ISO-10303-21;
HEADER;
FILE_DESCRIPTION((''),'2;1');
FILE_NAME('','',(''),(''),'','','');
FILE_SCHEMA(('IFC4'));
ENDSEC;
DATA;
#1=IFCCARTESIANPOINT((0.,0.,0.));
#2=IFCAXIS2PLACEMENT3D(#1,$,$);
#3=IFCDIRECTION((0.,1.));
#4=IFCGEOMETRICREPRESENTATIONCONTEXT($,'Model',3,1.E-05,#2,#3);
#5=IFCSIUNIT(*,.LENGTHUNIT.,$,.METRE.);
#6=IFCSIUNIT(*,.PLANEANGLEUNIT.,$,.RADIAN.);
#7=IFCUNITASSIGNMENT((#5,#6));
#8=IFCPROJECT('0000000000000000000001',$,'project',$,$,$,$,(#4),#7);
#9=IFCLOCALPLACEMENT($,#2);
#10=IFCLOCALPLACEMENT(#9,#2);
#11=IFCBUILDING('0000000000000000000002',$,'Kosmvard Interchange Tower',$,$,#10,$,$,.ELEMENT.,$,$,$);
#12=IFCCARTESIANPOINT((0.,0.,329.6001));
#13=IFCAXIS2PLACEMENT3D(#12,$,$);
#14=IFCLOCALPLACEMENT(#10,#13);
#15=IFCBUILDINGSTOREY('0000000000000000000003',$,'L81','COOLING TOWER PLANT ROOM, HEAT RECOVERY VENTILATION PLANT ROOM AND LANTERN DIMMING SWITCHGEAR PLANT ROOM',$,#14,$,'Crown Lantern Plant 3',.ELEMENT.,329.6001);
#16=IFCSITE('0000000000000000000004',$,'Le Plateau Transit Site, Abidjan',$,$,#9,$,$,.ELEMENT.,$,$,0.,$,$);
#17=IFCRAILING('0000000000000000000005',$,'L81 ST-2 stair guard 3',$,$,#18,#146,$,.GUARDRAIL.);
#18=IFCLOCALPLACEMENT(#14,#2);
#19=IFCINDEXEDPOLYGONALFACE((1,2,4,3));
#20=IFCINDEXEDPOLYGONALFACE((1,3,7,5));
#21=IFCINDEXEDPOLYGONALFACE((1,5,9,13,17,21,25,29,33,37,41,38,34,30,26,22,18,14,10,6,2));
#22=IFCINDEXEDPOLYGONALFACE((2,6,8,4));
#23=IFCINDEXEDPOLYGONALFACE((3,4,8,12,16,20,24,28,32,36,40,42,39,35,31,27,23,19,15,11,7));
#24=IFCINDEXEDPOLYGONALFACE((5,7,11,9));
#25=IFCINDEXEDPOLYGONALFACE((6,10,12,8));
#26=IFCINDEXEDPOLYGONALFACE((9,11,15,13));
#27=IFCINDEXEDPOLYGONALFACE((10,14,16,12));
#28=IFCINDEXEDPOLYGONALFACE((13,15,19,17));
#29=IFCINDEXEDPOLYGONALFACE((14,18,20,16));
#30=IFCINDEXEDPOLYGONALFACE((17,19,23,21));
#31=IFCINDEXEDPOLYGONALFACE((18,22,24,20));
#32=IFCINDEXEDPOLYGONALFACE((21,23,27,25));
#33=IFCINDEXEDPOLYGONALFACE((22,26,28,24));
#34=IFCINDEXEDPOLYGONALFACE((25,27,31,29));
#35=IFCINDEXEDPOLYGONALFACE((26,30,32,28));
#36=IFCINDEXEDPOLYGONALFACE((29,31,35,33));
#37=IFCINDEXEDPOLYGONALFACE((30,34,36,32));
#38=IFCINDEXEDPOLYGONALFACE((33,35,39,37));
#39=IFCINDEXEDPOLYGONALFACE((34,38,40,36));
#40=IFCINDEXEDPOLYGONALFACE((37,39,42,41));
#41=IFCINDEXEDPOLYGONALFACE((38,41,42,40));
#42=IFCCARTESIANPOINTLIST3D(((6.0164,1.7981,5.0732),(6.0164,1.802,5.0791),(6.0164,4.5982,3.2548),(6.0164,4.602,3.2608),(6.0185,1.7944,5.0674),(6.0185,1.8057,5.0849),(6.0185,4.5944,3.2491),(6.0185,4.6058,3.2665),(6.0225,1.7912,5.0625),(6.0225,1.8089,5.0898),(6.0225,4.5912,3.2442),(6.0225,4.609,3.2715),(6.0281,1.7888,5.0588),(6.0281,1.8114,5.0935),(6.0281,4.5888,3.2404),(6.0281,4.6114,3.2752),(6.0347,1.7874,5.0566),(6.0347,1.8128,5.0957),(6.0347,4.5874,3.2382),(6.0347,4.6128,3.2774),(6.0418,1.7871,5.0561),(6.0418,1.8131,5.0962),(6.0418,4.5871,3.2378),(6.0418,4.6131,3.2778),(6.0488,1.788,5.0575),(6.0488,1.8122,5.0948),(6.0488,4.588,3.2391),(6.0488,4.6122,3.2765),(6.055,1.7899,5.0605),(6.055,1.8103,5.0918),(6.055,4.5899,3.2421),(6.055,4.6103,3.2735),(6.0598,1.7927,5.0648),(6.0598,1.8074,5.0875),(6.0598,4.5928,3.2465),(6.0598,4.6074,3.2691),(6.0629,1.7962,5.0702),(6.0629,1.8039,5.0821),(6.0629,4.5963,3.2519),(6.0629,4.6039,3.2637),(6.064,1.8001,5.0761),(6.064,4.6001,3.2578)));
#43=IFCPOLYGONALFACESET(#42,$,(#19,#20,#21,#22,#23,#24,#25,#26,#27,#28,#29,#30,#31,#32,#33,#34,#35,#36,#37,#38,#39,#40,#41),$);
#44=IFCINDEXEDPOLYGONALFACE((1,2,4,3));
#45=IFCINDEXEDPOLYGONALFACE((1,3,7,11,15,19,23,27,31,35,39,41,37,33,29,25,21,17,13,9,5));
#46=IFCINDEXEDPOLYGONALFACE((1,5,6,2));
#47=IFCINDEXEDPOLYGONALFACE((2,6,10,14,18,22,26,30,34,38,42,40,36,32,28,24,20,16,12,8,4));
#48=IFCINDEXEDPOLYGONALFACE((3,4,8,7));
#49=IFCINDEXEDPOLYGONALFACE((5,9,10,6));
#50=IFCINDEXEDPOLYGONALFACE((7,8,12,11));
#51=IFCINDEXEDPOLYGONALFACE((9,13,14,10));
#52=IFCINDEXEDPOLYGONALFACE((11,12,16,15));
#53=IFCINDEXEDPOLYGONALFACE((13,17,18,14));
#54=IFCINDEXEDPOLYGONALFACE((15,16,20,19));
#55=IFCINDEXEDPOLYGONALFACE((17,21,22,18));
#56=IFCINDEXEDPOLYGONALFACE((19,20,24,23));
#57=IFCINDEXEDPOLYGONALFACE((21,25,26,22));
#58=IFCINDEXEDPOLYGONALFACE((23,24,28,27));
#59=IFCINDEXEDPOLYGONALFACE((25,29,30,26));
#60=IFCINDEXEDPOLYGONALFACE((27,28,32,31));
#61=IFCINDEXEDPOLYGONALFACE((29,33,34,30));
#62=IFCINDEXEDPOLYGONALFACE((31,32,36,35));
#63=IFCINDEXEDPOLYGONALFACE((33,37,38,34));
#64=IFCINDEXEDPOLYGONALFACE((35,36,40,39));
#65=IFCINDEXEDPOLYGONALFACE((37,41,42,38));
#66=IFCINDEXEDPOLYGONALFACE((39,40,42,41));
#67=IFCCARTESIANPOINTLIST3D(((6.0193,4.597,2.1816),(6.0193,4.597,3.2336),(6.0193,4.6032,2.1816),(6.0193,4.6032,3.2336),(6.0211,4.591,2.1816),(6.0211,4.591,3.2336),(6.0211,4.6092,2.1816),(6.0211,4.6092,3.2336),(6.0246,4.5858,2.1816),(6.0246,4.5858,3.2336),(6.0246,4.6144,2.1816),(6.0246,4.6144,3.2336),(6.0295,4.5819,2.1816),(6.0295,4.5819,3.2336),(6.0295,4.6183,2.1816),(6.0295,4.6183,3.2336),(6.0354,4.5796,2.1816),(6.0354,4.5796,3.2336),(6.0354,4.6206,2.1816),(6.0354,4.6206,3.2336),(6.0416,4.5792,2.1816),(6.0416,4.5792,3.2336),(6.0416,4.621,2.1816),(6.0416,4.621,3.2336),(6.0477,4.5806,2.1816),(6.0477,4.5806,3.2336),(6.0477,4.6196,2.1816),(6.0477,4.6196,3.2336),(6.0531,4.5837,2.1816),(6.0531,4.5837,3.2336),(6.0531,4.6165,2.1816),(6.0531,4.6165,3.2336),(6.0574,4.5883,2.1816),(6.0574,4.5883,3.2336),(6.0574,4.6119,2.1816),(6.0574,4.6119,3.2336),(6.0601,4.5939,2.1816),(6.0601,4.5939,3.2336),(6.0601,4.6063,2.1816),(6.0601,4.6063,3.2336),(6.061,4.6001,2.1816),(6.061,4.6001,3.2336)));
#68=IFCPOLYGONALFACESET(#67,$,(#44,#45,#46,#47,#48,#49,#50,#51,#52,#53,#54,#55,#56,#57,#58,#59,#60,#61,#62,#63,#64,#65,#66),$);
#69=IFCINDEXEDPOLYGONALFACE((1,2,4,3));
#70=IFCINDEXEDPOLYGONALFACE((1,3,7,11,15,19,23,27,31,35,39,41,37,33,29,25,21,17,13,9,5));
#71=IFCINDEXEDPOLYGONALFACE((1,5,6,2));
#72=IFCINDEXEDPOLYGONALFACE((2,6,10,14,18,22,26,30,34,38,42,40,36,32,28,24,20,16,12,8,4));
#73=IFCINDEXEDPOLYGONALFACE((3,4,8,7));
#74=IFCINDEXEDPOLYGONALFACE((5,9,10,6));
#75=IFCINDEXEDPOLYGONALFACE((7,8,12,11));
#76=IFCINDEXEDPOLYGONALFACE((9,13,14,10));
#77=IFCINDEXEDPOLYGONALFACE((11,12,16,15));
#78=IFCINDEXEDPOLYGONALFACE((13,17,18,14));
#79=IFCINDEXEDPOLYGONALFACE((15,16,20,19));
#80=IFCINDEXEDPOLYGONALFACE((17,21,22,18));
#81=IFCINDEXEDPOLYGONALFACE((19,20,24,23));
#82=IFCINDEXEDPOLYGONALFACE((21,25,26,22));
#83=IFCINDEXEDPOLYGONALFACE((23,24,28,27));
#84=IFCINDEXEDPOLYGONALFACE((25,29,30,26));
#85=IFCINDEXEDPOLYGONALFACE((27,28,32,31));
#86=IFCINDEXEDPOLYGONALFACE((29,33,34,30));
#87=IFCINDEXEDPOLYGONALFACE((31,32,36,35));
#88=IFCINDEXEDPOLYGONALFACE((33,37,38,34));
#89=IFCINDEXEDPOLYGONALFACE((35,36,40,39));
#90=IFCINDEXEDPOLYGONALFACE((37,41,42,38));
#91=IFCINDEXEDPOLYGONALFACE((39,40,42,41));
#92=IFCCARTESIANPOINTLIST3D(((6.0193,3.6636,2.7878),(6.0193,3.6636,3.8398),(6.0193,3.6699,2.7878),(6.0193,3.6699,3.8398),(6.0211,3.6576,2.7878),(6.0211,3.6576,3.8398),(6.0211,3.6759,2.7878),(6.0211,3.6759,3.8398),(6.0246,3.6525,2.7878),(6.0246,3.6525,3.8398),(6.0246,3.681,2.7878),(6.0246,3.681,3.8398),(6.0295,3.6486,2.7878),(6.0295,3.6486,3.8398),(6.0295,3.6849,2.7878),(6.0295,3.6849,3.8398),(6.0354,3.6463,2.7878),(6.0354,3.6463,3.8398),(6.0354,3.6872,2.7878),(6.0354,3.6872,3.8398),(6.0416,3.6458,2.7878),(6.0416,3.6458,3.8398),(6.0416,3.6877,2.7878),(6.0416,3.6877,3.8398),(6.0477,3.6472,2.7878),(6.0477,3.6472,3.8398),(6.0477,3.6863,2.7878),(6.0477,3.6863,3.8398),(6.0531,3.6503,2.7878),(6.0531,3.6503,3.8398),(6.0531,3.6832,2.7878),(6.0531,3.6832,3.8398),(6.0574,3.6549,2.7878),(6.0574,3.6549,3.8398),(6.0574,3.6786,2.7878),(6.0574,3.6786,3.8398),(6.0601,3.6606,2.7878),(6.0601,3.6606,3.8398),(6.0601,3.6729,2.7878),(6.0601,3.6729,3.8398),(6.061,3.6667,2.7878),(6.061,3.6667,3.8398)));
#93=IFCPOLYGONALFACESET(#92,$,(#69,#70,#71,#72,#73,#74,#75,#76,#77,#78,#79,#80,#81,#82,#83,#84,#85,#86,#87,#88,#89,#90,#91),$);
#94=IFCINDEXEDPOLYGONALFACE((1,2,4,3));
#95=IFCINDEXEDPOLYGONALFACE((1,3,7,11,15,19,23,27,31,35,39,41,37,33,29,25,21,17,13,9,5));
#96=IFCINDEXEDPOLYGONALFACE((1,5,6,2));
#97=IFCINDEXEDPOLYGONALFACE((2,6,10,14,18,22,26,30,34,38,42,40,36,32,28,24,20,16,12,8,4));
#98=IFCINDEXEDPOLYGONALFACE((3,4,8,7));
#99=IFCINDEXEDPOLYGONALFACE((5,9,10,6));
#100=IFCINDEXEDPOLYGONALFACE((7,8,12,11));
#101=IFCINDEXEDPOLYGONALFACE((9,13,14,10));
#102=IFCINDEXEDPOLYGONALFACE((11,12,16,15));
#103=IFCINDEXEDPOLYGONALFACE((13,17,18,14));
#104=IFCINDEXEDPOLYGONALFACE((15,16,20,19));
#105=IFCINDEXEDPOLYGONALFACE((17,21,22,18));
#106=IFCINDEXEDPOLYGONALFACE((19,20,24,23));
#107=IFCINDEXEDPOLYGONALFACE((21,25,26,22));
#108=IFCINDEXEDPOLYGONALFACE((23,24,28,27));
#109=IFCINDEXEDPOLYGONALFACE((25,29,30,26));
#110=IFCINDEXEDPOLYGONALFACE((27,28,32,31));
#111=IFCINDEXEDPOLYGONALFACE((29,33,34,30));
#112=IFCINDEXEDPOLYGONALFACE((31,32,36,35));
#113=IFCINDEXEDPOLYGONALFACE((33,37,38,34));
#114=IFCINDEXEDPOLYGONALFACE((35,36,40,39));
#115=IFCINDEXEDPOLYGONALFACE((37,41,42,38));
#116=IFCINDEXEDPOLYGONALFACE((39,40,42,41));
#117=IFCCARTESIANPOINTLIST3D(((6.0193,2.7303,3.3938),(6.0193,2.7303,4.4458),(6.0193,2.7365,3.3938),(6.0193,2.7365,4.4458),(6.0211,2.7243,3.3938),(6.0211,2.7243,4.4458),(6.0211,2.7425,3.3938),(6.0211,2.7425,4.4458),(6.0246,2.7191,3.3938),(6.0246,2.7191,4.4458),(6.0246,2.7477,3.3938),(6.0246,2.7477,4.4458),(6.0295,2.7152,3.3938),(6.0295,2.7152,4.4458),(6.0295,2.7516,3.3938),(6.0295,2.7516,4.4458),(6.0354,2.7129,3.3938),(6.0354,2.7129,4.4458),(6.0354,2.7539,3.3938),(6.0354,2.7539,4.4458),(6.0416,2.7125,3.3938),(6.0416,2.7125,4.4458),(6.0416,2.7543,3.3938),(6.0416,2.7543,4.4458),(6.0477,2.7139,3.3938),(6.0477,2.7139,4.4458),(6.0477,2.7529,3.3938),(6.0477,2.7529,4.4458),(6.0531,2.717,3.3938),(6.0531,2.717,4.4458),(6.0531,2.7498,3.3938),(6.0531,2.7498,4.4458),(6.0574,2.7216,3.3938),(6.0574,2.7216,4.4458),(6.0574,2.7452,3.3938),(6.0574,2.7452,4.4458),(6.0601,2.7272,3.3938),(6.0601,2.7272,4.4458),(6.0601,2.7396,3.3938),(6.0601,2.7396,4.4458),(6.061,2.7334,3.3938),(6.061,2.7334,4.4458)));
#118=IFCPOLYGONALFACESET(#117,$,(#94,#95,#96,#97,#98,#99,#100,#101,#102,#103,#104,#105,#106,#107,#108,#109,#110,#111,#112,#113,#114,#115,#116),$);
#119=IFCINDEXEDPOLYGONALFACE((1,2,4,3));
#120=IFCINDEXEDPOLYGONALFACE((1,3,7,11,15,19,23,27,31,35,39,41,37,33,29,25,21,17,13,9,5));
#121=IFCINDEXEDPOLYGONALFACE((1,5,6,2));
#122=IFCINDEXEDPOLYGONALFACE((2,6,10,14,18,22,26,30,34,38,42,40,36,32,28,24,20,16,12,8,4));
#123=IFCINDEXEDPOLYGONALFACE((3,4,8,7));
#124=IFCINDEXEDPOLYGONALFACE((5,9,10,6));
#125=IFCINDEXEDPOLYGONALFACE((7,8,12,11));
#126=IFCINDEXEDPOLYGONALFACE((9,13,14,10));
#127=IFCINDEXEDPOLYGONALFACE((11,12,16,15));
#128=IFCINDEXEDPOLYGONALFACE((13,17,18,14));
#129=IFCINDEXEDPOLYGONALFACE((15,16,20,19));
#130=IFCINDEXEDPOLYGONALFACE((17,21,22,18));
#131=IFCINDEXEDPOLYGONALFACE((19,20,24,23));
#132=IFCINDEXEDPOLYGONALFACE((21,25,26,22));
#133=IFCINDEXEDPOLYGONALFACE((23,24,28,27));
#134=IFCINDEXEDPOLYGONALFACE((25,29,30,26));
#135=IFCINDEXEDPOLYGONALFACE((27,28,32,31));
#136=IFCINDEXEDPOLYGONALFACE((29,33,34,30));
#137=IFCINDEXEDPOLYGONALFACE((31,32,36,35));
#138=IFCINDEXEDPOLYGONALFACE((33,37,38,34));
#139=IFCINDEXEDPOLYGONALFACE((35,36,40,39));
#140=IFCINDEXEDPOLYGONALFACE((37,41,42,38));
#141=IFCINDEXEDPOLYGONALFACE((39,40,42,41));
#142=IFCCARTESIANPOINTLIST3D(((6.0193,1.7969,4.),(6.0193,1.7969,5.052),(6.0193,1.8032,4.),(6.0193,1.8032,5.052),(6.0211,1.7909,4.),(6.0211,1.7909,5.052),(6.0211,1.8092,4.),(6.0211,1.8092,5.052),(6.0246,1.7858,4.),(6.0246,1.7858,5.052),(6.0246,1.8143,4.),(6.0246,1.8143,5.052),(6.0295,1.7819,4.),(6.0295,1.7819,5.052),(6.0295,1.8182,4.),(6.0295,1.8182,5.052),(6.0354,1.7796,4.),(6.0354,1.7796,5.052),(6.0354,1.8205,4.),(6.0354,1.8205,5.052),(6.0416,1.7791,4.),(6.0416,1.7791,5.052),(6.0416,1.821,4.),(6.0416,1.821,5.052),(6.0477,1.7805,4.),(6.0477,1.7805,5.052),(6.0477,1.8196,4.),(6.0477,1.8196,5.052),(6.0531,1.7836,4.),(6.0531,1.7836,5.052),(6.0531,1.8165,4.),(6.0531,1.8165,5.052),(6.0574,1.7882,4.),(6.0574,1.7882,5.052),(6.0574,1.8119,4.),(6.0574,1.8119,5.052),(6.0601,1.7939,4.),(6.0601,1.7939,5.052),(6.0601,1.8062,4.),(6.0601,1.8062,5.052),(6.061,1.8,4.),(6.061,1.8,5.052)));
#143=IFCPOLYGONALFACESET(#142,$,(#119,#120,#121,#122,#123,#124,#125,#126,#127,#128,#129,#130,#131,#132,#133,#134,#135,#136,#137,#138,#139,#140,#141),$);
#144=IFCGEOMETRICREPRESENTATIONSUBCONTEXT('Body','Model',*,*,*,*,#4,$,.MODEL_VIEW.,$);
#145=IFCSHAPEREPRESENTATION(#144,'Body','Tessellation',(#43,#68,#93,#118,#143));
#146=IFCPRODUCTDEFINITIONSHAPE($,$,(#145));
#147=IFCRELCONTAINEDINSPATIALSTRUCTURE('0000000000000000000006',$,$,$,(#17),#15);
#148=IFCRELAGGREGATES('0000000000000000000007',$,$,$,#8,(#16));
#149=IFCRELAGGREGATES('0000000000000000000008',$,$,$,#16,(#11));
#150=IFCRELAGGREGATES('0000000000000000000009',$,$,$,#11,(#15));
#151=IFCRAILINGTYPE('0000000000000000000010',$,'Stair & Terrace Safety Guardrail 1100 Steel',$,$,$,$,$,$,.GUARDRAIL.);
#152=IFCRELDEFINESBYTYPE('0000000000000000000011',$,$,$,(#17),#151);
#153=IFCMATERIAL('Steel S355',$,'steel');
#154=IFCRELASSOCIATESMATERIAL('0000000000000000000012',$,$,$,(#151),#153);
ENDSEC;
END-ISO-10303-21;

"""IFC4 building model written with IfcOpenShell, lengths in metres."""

from ifc_helpers import new_model, si_unit, direction, frame, origin, origin_2d, place, context, subcontext, project, spatial, circle, extrude, source, transform, mapped, material, type_object, element, save


model = new_model("IFC4")

# Units and contexts
model_context = context("Model", 3, precision=1e-05, world=origin(), true_north=direction((0.0, 1.0)))
body_context = subcontext(model_context, "Body", "Model", "MODEL_VIEW")
ifc_project = project(units=[si_unit("LENGTHUNIT", "METRE"), si_unit("PLANEANGLEUNIT", "RADIAN")], contexts=[model_context])

# Site, building, storey
site_placement = place(None, origin())
site = spatial("IfcSite", under=ifc_project, at=site_placement, Name="Le Plateau Transit Site, Abidjan", CompositionType="ELEMENT", RefElevation=0.0)
building_placement = place(site_placement, origin())
building = spatial("IfcBuilding", under=site, at=building_placement, Name="Kosmvard Interchange Tower", CompositionType="ELEMENT")
storey_placement = place(building_placement, frame((0.0, 0.0, 329.6001)))
storey = spatial("IfcBuildingStorey", under=building, at=storey_placement, Name="L81", Description="COOLING TOWER PLANT ROOM, HEAT RECOVERY VENTILATION PLANT ROOM AND LANTERN DIMMING SWITCHGEAR PLANT ROOM", LongName="Crown Lantern Plant 3", CompositionType="ELEMENT", Elevation=329.6001)

# Shared definitions
ifc_material_1 = material(Name="Steel S355", Category="steel")

# Railing
railing_type_1 = type_object("IfcRailingType", Name="Stair & Terrace Safety Guardrail 1100 Steel", PredefinedType="GUARDRAIL", material=ifc_material_1)
shared_shape_1 = source(origin(), body_context, "Body", "SweptSolid", [
    extrude(circle(Radius=0.0239, at=origin_2d()), frame((0.0, 0.0, 1.0762), z_axis=(0.0, -0.838672, 0.544636), x_axis=(1.0, 0.0, 0.0)), (0.0, 0.0, 1.0), 3.3386),
    extrude(circle(Radius=0.021, at=origin_2d()), origin(), (0.0, 0.0, 1.0), 1.052),
    extrude(circle(Radius=0.021, at=origin_2d()), frame((0.0, -0.9333, 0.6062)), (0.0, 0.0, 1.0), 1.052),
    extrude(circle(Radius=0.021, at=origin_2d()), frame((0.0, -1.8667, 1.2122)), (0.0, 0.0, 1.0), 1.052),
    extrude(circle(Radius=0.021, at=origin_2d()), frame((0.0, -2.8, 1.8184)), (0.0, 0.0, 1.0), 1.052),
])
railing_1_placement = place(storey_placement, frame((6.04, 4.6001, 2.1816)))
element("IfcRailing", 1, at=railing_1_placement, inside=storey, type_object=railing_type_1, Name="L81 ST-2 stair guard 3", PredefinedType="GUARDRAIL", context=body_context, shape_type="MappedRepresentation", body=[
    mapped(shared_shape_1, transform((0.0, 0.0, 0.0), scale=1.0)),
])

save(model, "model.ifc")
